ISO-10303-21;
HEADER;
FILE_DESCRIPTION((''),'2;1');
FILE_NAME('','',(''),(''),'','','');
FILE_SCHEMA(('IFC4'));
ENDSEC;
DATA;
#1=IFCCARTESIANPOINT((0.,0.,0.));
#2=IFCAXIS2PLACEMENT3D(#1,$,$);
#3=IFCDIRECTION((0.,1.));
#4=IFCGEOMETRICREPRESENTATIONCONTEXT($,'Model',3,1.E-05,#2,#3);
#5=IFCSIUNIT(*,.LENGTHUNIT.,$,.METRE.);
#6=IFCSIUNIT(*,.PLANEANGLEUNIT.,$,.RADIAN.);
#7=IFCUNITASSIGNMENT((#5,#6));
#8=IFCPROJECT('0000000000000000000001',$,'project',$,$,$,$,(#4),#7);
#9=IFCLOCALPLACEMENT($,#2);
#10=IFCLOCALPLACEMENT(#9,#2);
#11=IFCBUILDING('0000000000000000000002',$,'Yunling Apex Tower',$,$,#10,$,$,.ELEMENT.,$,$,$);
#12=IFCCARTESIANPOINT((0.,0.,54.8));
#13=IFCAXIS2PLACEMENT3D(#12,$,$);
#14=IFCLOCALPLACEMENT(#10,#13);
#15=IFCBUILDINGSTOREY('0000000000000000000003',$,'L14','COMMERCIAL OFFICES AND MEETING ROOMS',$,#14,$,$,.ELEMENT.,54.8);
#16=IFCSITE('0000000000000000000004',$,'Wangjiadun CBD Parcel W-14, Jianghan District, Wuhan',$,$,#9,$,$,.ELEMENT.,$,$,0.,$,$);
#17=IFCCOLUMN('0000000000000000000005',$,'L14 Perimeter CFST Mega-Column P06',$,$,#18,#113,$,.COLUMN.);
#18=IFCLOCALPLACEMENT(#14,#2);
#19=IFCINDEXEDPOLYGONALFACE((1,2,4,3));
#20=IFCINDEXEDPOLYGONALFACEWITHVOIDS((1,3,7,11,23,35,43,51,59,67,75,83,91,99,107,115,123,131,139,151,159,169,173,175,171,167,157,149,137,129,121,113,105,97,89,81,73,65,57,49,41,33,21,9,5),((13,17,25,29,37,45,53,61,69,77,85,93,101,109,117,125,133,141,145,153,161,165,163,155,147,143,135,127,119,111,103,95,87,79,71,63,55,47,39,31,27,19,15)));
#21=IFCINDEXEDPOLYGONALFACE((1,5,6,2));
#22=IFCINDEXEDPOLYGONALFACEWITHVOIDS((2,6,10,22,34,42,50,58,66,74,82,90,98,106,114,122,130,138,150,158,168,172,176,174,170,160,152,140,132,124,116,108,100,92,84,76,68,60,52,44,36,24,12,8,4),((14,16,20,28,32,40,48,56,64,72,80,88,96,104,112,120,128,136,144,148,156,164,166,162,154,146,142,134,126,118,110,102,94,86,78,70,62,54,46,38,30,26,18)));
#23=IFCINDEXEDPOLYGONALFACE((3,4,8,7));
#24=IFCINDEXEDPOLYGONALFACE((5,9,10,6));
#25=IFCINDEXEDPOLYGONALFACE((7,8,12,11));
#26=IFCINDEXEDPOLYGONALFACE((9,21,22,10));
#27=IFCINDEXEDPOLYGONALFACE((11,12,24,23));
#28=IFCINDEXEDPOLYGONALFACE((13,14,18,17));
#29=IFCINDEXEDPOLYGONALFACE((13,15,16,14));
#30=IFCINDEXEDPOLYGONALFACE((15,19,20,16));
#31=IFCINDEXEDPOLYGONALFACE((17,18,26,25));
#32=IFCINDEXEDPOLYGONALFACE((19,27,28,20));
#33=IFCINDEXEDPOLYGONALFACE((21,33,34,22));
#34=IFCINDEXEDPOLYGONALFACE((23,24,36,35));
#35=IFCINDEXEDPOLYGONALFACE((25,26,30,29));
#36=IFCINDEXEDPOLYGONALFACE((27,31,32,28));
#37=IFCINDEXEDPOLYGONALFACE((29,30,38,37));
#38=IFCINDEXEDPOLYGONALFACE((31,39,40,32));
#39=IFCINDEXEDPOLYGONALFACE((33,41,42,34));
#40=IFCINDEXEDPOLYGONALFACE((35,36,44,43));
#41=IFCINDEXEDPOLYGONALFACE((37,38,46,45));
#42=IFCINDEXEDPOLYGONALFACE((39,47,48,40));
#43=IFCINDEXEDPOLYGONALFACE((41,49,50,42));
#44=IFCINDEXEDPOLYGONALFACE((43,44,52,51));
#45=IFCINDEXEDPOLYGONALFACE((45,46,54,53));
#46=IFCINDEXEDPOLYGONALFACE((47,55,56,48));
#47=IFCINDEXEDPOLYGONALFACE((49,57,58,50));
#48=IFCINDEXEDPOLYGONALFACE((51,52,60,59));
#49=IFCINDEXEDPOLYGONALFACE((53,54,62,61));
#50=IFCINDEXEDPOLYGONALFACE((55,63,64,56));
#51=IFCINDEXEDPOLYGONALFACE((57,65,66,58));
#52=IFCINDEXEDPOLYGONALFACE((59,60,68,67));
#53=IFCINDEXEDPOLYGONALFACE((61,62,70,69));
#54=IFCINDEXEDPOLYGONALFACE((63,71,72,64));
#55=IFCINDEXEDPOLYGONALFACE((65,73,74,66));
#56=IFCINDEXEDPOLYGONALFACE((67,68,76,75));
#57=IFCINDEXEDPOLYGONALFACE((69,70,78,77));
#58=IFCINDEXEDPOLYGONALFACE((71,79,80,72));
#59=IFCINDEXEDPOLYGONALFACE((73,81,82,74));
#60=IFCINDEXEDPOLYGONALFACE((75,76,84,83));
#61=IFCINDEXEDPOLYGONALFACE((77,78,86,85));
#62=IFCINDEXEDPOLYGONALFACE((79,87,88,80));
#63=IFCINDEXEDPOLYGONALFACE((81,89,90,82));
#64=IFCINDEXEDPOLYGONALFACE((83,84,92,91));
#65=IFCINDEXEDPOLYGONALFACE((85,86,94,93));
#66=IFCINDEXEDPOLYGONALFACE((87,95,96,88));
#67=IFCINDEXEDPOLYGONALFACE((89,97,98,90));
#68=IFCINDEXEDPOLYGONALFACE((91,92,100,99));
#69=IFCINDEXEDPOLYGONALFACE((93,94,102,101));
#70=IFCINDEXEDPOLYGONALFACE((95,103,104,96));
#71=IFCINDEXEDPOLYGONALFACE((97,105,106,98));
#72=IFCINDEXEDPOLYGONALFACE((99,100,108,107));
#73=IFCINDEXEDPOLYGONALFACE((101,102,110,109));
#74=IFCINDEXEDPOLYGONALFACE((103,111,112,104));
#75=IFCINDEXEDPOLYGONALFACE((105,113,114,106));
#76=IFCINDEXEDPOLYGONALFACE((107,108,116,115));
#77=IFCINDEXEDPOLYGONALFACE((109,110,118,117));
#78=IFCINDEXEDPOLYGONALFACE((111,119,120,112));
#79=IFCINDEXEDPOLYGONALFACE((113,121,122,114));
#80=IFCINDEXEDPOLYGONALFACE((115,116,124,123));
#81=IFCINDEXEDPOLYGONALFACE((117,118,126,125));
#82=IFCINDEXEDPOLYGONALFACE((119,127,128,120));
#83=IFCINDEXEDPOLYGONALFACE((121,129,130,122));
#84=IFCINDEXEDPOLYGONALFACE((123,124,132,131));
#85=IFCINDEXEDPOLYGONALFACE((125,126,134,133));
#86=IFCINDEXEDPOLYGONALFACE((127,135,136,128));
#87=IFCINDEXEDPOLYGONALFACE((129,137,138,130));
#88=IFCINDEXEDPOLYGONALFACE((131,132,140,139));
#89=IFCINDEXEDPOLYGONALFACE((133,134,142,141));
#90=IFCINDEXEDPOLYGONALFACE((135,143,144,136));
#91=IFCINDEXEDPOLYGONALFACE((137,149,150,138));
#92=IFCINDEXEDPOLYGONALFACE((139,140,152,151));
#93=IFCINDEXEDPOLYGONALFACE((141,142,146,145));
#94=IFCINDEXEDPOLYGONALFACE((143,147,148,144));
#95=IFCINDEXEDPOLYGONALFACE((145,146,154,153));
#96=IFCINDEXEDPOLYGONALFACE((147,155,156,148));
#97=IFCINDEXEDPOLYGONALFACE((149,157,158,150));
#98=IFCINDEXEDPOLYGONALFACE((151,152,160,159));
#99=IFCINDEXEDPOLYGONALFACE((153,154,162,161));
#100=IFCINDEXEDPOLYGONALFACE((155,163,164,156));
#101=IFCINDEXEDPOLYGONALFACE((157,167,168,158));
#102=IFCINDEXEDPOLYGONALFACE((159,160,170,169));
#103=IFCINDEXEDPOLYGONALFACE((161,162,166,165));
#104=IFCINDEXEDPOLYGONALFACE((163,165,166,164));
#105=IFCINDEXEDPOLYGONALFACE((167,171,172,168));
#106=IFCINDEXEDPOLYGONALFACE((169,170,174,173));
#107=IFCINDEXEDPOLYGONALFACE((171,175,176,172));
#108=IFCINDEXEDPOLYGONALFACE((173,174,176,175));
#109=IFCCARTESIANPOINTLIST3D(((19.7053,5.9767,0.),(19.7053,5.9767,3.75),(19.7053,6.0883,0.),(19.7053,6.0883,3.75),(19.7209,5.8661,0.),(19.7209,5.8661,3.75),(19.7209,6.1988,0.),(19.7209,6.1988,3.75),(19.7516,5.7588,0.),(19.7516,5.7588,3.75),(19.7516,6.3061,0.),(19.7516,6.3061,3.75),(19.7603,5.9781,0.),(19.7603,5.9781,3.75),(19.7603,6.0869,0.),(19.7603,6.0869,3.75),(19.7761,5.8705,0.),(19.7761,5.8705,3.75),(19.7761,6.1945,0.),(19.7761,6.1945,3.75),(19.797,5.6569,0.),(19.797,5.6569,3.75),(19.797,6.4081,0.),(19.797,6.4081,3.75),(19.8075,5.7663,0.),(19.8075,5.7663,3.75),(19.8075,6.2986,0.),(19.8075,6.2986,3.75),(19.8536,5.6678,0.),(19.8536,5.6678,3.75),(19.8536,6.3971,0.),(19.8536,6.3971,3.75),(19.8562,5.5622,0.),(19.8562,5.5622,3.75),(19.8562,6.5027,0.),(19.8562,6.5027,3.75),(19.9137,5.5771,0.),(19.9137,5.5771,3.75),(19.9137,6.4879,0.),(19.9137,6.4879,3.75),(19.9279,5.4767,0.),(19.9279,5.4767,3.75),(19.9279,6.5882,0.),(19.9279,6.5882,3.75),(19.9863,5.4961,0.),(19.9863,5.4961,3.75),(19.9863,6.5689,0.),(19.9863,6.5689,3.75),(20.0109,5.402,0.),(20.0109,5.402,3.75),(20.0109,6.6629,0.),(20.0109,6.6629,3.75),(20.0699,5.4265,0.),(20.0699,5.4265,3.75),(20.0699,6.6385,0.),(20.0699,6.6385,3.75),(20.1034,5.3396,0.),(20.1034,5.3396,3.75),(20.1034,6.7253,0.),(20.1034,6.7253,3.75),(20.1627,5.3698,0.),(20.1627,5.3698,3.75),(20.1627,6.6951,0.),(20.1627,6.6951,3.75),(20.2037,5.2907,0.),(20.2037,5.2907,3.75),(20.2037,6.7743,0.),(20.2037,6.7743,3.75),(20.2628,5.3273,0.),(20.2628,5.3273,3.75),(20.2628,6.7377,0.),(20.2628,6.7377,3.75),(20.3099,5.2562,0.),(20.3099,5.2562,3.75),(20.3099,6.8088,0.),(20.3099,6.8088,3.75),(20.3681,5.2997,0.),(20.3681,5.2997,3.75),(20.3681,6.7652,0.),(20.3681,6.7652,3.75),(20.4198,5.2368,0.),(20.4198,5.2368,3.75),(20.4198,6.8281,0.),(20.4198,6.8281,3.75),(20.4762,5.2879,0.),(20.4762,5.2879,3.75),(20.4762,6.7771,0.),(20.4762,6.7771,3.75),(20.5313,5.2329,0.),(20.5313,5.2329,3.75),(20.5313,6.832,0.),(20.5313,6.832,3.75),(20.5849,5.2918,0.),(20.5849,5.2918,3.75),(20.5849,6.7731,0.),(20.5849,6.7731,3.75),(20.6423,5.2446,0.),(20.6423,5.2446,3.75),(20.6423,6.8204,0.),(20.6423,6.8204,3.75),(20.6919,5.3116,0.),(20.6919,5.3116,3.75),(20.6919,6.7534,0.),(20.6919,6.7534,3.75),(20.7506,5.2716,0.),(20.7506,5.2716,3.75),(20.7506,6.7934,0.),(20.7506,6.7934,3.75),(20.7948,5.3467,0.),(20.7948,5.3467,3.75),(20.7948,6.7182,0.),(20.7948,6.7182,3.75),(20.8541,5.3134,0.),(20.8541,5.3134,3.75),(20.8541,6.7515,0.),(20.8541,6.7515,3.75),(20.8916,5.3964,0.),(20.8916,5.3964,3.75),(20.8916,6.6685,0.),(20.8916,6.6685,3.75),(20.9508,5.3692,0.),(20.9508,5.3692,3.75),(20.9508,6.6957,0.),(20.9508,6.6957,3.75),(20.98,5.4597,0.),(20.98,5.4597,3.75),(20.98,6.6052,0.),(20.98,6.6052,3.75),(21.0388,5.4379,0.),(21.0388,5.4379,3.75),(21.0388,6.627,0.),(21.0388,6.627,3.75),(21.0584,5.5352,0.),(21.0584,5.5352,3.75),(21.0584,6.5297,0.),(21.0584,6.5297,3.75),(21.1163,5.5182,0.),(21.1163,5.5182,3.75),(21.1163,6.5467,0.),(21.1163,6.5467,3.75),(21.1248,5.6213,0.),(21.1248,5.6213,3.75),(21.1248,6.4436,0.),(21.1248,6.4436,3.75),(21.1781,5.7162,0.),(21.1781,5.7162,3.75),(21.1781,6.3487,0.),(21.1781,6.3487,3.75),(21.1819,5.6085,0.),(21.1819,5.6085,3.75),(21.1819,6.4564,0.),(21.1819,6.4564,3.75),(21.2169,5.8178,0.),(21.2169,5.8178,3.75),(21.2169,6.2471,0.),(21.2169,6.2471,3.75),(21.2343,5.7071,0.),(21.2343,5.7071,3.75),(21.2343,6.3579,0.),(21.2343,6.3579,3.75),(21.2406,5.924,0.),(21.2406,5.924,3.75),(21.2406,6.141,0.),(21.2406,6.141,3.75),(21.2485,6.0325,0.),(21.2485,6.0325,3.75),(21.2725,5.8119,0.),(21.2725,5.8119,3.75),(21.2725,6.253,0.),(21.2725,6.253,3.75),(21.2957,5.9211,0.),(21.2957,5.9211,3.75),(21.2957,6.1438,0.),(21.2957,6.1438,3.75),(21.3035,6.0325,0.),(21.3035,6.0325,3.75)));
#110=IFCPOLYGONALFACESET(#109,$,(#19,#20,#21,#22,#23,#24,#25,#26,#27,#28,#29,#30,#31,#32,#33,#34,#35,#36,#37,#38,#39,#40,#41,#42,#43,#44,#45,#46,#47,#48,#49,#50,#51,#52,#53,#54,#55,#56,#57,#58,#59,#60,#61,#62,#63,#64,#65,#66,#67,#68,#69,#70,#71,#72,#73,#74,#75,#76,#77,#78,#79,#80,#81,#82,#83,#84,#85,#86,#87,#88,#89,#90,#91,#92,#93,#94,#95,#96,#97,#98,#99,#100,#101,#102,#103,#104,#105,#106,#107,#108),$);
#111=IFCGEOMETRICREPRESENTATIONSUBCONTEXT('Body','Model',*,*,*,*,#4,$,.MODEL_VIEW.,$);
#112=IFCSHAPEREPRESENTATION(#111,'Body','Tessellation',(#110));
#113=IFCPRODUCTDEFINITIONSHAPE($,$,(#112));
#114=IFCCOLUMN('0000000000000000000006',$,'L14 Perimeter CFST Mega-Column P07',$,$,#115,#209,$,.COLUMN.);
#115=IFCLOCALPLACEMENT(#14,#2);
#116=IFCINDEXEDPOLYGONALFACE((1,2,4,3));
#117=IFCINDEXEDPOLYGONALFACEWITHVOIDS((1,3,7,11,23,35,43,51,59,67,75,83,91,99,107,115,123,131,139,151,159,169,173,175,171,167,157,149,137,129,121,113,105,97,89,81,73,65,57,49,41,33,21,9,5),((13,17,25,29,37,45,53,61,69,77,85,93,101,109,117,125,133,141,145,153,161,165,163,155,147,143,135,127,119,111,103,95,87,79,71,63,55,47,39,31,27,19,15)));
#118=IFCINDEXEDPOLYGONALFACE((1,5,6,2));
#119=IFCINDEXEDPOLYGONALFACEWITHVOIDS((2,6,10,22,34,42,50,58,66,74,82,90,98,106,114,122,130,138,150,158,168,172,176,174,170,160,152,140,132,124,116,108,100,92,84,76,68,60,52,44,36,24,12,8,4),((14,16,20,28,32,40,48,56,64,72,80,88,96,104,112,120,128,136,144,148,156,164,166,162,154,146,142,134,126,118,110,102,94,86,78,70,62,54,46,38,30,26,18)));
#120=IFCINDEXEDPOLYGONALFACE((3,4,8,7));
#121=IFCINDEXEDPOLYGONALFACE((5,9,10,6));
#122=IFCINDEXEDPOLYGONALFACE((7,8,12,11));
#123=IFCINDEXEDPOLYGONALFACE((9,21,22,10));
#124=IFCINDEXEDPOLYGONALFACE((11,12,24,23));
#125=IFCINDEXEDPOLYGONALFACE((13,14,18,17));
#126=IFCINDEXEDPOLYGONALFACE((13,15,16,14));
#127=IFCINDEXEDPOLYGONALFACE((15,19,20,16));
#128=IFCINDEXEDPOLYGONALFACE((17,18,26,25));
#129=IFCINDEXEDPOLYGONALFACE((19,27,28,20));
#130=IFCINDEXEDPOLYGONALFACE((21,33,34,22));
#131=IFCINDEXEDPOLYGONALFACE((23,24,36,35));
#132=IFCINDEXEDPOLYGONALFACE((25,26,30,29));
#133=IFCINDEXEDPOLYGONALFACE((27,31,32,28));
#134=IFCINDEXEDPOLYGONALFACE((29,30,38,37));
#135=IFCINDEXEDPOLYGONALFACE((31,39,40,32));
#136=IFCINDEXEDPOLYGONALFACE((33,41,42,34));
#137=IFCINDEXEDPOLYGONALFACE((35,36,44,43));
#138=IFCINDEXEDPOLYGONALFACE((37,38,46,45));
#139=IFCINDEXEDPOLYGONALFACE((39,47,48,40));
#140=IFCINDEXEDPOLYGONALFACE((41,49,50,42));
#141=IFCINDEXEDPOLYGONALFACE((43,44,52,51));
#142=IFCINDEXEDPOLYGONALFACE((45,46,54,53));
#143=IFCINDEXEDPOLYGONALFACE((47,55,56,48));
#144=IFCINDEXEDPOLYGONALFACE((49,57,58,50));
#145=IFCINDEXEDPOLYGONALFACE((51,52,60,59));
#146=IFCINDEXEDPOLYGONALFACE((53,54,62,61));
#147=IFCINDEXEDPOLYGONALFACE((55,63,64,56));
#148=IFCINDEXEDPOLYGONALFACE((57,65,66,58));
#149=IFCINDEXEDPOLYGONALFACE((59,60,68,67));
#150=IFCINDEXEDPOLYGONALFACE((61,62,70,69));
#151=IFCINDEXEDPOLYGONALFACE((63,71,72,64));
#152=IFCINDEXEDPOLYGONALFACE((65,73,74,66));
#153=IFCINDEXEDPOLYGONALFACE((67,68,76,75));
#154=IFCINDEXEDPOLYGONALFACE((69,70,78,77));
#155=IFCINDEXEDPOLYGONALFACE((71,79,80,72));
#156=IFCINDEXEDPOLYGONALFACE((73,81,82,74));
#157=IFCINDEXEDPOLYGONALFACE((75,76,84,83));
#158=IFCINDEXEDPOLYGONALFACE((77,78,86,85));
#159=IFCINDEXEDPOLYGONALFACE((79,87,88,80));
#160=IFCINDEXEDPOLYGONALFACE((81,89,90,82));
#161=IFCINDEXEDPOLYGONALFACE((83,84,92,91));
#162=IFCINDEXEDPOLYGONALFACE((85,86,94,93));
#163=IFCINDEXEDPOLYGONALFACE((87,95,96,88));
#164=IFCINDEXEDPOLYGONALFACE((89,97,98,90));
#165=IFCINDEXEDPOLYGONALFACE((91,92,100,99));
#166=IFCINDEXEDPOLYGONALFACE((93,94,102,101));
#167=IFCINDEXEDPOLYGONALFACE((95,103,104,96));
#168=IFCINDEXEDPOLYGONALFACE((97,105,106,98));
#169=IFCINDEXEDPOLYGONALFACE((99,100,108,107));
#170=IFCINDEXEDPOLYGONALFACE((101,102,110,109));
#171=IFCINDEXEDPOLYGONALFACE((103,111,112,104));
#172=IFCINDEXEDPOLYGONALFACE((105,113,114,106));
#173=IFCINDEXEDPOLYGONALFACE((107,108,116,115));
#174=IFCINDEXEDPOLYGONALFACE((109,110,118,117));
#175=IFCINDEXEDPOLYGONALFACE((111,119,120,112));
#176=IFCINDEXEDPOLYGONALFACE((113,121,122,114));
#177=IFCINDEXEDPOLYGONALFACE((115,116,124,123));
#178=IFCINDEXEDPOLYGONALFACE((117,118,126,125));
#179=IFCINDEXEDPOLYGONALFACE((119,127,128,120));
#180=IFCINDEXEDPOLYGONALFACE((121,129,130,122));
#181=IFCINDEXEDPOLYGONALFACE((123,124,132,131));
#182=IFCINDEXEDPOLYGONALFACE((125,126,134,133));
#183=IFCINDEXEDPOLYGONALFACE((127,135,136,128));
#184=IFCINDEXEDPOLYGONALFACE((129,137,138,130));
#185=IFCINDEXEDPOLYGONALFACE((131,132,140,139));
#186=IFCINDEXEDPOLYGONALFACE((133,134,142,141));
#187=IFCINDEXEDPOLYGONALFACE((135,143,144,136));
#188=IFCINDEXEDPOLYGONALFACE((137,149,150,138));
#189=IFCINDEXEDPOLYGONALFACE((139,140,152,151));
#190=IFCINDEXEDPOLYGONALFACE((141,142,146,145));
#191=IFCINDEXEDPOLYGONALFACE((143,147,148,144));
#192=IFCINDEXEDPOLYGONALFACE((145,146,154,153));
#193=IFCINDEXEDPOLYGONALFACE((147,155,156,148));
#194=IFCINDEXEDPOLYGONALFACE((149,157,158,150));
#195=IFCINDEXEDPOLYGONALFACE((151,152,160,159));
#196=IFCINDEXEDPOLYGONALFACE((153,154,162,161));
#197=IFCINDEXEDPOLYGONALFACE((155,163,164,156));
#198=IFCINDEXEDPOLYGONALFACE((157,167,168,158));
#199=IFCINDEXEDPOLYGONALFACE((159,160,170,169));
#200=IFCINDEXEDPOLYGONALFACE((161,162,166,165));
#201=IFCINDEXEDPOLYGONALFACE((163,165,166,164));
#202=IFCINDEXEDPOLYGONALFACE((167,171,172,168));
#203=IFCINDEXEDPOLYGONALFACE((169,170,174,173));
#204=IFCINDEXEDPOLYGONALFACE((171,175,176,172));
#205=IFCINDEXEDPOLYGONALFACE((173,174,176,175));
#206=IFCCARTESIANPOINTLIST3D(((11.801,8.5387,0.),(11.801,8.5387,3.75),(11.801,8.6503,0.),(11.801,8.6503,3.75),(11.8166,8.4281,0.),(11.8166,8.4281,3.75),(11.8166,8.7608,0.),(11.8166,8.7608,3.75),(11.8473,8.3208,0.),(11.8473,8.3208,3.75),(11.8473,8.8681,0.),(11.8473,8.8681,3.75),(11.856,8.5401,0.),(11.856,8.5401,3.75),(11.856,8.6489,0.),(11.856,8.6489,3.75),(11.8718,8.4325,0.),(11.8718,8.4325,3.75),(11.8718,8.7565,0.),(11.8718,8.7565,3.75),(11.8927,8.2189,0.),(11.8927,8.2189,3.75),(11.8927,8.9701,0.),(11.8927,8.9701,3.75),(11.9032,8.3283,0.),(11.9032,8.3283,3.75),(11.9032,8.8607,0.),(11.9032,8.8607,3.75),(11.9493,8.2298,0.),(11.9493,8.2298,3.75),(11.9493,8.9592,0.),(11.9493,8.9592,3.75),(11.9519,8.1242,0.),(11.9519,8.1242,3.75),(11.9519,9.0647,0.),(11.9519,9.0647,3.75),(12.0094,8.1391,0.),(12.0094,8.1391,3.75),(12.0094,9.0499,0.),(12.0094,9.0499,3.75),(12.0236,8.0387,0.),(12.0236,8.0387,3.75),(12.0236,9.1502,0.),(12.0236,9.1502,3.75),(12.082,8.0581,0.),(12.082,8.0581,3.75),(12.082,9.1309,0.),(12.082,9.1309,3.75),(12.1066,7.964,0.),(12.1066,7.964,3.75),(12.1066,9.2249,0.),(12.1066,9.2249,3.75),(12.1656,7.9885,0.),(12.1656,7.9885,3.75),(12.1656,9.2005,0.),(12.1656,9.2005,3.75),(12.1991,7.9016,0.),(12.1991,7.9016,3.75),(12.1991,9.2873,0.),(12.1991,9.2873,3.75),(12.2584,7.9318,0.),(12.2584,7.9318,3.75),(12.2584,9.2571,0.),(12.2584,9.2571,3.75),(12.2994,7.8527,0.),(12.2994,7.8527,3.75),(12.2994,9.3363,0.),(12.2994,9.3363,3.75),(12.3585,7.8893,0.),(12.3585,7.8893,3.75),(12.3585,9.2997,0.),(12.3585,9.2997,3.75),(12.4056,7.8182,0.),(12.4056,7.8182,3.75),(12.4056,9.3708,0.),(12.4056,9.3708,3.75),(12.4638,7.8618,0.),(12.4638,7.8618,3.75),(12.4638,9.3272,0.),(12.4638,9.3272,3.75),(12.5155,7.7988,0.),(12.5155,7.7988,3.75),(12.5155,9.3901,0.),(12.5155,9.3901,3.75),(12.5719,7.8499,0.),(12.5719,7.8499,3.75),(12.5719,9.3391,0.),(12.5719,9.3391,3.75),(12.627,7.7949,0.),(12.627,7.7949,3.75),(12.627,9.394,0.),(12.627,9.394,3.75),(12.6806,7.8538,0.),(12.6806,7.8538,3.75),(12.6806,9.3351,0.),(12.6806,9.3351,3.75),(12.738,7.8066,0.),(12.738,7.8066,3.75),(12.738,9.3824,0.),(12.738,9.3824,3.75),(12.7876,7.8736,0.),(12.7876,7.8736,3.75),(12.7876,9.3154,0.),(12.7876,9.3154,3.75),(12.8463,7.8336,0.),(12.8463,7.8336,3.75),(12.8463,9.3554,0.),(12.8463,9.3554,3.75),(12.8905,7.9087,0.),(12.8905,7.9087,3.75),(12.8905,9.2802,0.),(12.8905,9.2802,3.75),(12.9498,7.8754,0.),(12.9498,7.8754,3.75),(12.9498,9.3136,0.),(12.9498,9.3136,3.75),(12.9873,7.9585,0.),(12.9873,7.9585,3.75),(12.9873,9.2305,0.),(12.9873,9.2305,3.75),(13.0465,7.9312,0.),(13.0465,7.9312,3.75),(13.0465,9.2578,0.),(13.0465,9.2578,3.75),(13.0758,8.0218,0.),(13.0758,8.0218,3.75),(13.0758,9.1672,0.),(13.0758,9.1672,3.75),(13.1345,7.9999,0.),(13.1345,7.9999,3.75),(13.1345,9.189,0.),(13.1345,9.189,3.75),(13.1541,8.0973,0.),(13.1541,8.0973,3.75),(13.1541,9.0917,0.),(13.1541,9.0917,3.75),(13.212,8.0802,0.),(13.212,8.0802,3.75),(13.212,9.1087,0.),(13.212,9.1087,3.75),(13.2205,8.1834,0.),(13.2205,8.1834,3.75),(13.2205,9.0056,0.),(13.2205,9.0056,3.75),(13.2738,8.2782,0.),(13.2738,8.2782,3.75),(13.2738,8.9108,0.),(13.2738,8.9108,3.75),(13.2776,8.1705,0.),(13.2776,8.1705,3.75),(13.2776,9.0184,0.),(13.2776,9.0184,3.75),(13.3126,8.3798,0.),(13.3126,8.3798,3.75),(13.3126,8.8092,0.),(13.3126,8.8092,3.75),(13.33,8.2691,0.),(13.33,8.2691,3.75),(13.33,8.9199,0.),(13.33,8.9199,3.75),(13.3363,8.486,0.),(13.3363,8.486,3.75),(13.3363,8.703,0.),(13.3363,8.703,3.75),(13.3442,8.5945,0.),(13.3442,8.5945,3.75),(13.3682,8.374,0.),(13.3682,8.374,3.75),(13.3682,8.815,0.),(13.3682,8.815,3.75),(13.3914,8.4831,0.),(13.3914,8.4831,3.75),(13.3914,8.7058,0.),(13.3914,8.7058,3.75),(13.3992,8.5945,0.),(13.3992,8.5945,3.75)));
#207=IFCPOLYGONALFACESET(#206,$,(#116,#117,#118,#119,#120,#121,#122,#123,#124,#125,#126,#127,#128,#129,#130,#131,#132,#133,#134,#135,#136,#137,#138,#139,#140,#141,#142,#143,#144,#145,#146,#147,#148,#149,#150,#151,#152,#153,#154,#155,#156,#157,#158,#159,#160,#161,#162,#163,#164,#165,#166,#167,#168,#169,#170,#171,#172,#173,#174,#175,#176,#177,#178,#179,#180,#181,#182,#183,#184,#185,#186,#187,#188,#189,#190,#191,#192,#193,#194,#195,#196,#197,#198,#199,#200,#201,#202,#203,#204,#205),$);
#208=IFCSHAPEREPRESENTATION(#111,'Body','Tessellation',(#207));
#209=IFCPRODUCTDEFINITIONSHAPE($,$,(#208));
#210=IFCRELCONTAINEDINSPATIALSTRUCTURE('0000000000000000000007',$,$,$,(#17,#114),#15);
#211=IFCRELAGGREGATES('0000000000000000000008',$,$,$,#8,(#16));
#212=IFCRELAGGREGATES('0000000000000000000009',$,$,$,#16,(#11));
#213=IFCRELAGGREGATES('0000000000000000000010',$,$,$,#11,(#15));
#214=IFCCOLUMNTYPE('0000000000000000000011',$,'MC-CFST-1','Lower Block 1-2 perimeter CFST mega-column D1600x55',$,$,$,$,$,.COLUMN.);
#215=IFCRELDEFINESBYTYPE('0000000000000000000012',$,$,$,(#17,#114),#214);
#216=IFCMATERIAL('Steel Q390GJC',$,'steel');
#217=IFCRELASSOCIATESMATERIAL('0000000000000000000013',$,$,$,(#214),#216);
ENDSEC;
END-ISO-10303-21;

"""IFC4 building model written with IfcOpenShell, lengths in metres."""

from ifc_helpers import new_model, si_unit, direction, frame, origin, origin_2d, place, context, subcontext, project, spatial, hollow_circle, extrude, source, transform, mapped, material, material_profile, profile_set, type_object, element, save


model = new_model("IFC4")

# Units and contexts
model_context = context("Model", 3, precision=1e-05, world=origin(), true_north=direction((0.0, 1.0)))
body_context = subcontext(model_context, "Body", "Model", "MODEL_VIEW")
ifc_project = project(units=[si_unit("LENGTHUNIT", "METRE"), si_unit("PLANEANGLEUNIT", "RADIAN")], contexts=[model_context])

# Site, building, storey
site_placement = place(None, origin())
site = spatial("IfcSite", under=ifc_project, at=site_placement, Name="Wangjiadun CBD Parcel W-14, Jianghan District, Wuhan", CompositionType="ELEMENT", RefElevation=0.0)
building_placement = place(site_placement, origin())
building = spatial("IfcBuilding", under=site, at=building_placement, Name="Yunling Apex Tower", CompositionType="ELEMENT")
storey_placement = place(building_placement, frame((0.0, 0.0, 54.8)))
storey = spatial("IfcBuildingStorey", under=building, at=storey_placement, Name="L14", Description="COMMERCIAL OFFICES AND MEETING ROOMS", CompositionType="ELEMENT", Elevation=54.8)

# Columns
ifc_material_1 = material(Name="Steel Q390GJC", Category="steel")
ifc_material_profile_1 = material_profile(ifc_material_1, hollow_circle(Radius=0.8, WallThickness=0.0549, at=origin_2d()))
ifc_profile_set_1 = profile_set([ifc_material_profile_1], Name="Steel Q390GJC")
column_type_1 = type_object("IfcColumnType", Name="MC-CFST-1", Description="Lower Block 1-2 perimeter CFST mega-column D1600x55", PredefinedType="COLUMN", material=ifc_profile_set_1)
shared_shape_1 = source(origin(), body_context, "Body", "SweptSolid", [
    extrude(hollow_circle(Radius=0.8, WallThickness=0.0549, at=origin_2d()), origin(), (0.0, 0.0, 1.0), 3.75),
])
for number, where, z_axis, x_axis, name in (
    (1, (20.5034, 6.0325, 0.0), (0.0, 0.0, 1.0), (1.0, 0.0, 0.0), "L14 Perimeter CFST Mega-Column P06"),
    (2, (12.5991, 8.5945, 0.0), (0.0, 0.0, 1.0), (1.0, 0.0, 0.0), "L14 Perimeter CFST Mega-Column P07"),
):
    element("IfcColumn", number, at=place(storey_placement, frame(where, z_axis=z_axis, x_axis=x_axis)), inside=storey, type_object=column_type_1, Name=name, PredefinedType="COLUMN", context=body_context, shape_type="MappedRepresentation", body=[
        mapped(shared_shape_1, transform((0.0, 0.0, 0.0), scale=1.0)),
    ])

save(model, "model.ifc")
